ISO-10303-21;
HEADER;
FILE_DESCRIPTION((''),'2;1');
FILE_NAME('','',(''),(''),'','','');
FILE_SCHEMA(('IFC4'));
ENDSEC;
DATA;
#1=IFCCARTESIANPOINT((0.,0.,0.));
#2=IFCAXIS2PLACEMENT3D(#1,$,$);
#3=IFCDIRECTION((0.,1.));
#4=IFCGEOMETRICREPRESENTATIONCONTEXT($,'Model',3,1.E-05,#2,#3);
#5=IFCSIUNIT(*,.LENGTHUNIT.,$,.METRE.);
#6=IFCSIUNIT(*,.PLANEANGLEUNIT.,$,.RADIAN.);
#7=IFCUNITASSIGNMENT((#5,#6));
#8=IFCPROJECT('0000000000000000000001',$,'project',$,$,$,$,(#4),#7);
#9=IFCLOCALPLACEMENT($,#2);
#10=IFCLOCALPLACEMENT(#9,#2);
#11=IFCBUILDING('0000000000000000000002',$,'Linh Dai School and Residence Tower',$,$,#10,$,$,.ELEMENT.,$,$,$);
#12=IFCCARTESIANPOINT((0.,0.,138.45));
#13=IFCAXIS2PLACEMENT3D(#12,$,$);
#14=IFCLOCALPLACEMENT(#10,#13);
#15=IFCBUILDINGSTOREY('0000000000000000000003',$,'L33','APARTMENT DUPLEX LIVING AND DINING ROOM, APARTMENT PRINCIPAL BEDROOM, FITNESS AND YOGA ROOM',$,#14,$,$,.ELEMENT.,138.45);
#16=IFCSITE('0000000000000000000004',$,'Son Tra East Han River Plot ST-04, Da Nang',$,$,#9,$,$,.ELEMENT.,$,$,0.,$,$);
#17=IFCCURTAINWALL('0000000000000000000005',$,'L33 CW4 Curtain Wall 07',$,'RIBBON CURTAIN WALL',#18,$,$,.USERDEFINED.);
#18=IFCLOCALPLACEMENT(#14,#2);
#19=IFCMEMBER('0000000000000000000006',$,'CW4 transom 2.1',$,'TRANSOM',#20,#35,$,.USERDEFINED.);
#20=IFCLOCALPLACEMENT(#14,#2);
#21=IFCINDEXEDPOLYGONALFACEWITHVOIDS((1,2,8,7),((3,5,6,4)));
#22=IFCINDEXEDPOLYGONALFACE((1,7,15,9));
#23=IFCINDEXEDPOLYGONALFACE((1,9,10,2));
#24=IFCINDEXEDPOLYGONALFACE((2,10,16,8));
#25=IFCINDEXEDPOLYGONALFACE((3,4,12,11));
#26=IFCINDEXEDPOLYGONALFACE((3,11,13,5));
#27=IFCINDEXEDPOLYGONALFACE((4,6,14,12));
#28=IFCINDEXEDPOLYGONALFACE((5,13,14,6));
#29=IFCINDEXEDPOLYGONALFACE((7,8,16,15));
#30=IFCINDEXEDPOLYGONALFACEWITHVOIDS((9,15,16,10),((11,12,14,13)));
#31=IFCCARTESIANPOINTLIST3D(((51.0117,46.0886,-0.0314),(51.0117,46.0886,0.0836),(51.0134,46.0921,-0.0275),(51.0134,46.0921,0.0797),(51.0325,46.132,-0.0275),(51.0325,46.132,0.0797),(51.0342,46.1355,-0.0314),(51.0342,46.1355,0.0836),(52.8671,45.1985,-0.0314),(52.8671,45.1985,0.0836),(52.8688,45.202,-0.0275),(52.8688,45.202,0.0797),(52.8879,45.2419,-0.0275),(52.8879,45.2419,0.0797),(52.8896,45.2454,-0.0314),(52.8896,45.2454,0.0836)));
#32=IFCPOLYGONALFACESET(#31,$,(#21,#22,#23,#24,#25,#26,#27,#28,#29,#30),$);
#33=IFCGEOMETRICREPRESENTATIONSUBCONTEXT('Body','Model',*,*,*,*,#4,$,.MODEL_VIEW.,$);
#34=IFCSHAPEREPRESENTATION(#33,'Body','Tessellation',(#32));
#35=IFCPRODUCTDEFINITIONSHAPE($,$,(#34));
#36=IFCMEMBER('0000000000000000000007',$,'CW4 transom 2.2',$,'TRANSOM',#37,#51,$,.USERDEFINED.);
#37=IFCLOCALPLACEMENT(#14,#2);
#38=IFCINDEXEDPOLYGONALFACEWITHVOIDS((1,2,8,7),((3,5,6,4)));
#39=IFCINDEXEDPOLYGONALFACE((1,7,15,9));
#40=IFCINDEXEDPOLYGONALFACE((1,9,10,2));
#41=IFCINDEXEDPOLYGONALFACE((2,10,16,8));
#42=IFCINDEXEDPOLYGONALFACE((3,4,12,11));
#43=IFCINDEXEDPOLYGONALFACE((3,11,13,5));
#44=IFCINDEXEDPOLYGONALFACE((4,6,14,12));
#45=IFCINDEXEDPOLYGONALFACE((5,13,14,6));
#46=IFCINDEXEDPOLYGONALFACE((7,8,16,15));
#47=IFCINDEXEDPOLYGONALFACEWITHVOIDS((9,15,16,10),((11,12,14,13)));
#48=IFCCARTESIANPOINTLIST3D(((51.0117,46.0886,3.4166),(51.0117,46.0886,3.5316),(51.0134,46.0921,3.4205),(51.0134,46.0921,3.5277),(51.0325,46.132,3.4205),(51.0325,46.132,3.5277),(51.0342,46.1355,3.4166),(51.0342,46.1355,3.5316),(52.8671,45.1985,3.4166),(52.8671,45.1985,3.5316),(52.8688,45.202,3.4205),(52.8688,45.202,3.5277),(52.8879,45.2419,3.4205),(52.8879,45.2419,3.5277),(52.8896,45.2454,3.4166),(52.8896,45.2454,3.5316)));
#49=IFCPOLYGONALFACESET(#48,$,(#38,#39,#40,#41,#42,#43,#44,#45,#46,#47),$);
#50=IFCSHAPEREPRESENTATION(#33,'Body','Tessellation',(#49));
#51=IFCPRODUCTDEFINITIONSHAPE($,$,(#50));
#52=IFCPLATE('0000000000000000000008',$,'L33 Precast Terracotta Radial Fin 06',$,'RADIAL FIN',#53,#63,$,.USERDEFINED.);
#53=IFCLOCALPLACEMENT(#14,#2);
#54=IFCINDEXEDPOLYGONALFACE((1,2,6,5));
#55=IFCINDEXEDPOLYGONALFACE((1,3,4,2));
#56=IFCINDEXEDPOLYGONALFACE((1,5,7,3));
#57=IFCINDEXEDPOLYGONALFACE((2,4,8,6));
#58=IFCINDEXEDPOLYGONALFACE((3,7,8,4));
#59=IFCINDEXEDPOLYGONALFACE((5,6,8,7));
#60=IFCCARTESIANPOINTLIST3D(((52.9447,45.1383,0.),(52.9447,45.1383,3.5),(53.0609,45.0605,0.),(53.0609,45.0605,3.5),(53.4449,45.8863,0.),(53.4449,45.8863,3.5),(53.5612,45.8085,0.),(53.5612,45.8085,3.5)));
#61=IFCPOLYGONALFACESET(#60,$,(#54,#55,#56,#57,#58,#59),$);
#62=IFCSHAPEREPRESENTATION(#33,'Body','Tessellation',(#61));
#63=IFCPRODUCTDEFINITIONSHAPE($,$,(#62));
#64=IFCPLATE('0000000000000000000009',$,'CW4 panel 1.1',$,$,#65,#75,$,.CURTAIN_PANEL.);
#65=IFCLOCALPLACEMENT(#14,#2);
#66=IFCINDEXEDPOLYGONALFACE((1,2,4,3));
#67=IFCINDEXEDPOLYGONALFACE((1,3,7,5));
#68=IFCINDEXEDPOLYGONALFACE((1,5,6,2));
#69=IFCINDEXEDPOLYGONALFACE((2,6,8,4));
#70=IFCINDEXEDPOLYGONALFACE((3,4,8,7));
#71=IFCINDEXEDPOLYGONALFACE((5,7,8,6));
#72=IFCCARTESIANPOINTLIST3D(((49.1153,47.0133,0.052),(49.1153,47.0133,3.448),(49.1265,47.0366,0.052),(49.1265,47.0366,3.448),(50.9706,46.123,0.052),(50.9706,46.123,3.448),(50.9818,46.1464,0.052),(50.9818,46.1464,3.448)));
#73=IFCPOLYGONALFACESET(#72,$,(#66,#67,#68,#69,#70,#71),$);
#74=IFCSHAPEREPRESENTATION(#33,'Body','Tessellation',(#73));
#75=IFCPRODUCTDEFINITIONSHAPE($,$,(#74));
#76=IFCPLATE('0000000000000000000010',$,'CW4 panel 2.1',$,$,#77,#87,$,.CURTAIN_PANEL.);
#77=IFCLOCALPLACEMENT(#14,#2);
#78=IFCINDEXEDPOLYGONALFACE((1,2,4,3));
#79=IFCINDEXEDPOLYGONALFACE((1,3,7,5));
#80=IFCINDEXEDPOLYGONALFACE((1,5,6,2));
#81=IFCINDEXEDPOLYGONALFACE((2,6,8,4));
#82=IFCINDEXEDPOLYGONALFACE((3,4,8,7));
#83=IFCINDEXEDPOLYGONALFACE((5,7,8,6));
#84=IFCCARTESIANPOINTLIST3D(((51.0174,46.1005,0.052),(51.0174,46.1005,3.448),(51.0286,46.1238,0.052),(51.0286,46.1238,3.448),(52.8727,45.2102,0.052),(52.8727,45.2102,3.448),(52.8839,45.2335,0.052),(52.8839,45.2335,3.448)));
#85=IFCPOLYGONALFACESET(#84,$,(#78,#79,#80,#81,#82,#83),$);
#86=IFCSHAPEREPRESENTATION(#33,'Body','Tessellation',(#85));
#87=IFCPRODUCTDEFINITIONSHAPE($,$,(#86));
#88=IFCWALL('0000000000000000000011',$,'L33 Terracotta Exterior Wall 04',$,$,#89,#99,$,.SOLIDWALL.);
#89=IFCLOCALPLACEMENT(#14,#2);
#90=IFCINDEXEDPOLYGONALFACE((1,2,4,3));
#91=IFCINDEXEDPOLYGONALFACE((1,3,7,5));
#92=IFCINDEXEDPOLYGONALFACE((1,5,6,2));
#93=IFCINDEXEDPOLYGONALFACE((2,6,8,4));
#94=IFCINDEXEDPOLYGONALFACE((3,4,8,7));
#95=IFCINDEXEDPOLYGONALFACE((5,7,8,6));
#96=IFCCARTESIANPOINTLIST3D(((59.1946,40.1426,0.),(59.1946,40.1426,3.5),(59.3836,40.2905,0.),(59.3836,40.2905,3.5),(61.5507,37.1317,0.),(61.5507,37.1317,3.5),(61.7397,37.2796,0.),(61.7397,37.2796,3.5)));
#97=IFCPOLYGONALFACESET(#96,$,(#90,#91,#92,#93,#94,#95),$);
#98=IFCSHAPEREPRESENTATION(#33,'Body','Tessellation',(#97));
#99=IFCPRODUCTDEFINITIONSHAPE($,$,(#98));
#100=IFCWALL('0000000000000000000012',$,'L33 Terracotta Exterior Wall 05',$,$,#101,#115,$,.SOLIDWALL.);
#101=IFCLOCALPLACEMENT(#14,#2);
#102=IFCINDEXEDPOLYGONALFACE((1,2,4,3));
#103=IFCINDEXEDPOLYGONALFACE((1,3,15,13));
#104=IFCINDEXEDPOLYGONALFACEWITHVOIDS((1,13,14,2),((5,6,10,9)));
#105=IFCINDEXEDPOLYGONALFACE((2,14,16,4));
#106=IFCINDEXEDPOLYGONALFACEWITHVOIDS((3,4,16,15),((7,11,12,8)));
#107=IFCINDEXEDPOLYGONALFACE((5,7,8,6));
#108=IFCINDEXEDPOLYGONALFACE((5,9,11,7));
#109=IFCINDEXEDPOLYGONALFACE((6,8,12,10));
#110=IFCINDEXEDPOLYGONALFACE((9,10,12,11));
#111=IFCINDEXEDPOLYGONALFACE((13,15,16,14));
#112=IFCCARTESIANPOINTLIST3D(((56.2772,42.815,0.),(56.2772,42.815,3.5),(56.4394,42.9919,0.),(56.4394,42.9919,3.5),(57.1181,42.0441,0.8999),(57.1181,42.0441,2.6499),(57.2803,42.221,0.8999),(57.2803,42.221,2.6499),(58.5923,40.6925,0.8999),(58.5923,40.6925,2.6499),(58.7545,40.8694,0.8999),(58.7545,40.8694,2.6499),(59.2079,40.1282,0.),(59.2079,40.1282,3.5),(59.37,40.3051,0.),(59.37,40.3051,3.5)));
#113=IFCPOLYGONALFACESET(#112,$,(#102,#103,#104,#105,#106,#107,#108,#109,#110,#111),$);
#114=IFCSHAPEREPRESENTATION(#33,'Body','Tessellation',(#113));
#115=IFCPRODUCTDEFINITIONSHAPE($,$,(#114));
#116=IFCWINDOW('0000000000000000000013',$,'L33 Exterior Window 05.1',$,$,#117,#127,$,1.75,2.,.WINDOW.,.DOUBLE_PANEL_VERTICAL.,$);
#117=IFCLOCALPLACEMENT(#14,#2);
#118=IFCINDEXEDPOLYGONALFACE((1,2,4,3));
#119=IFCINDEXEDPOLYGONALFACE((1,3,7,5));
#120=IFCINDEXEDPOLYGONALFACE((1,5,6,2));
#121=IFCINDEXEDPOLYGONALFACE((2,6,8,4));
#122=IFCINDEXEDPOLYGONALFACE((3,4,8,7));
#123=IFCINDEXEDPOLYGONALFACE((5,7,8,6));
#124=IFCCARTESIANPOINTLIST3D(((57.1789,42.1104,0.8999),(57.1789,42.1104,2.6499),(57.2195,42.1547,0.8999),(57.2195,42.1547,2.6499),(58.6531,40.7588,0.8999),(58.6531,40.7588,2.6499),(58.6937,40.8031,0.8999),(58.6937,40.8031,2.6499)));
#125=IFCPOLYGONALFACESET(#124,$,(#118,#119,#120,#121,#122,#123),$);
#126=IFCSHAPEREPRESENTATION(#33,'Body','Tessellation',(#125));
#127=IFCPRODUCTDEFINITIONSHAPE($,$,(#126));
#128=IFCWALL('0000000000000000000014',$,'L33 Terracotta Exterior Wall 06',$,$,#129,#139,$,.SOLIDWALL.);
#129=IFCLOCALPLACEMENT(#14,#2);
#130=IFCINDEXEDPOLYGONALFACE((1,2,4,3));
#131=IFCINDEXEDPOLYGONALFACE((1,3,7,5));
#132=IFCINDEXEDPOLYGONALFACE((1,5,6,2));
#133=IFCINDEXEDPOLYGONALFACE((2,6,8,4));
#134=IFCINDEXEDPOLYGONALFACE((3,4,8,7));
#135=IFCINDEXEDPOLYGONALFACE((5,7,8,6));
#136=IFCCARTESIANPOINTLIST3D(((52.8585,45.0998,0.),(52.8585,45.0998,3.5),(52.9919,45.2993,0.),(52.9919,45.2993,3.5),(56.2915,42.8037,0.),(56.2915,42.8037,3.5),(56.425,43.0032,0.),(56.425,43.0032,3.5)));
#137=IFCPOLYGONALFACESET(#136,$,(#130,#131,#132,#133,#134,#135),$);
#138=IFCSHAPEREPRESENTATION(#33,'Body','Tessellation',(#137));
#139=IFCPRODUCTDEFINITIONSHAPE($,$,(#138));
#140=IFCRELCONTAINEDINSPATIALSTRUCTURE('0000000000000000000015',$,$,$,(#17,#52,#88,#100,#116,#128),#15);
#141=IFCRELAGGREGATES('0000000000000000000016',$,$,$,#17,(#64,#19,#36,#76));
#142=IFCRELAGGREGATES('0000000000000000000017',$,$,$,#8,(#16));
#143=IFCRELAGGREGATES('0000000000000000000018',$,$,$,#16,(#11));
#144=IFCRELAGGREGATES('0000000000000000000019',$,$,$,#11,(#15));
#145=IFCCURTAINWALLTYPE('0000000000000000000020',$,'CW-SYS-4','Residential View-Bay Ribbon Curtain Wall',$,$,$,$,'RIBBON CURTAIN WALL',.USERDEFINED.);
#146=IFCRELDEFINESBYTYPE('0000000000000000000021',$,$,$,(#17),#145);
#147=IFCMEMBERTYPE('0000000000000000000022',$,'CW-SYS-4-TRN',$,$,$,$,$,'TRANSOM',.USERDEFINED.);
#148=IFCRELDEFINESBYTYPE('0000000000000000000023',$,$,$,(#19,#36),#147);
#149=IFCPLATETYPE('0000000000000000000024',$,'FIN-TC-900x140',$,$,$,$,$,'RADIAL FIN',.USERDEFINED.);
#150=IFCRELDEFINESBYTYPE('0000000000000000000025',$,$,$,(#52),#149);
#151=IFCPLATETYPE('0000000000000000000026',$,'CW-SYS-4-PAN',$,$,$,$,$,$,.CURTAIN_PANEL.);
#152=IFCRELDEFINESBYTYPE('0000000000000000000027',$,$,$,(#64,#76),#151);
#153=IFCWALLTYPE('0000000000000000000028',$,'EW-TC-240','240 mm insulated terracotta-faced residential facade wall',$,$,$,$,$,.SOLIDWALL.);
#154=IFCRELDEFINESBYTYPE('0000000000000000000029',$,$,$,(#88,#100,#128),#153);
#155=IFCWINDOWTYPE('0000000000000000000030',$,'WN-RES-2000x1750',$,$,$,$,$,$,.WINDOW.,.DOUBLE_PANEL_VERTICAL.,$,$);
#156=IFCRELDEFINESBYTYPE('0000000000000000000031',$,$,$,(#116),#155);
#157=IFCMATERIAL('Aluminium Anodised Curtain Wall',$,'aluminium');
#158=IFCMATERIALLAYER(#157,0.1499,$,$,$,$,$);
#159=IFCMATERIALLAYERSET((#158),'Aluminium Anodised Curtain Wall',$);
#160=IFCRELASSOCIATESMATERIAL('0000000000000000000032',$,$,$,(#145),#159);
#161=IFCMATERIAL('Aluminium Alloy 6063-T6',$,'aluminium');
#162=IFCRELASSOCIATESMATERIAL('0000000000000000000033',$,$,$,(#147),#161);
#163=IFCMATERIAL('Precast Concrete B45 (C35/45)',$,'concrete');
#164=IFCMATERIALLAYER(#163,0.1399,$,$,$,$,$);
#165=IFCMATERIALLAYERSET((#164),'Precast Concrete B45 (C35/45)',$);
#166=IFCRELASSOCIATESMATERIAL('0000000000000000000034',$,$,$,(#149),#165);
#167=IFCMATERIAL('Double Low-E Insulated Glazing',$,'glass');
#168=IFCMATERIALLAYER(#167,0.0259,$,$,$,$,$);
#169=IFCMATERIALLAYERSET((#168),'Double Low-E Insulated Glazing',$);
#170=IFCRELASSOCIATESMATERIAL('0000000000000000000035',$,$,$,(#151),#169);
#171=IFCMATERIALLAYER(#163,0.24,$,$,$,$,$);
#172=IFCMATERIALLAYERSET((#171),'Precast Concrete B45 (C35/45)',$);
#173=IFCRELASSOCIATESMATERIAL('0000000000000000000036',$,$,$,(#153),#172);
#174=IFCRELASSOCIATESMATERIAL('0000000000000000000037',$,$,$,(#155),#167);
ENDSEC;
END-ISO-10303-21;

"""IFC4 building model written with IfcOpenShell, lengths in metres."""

from ifc_helpers import new_model, si_unit, direction, frame, frame_2d, origin, origin_2d, place, context, subcontext, project, spatial, rectangle, hollow_rectangle, extrude, source, transform, mapped, material, layer, layer_set, material_profile, profile_set, type_object, element, fill, aggregate, save


model = new_model("IFC4")

# Units and contexts
model_context = context("Model", 3, precision=1e-05, world=origin(), true_north=direction((0.0, 1.0)))
body_context = subcontext(model_context, "Body", "Model", "MODEL_VIEW")
ifc_project = project(units=[si_unit("LENGTHUNIT", "METRE"), si_unit("PLANEANGLEUNIT", "RADIAN")], contexts=[model_context])

# Site, building, storey
site_placement = place(None, origin())
site = spatial("IfcSite", under=ifc_project, at=site_placement, Name="Son Tra East Han River Plot ST-04, Da Nang", CompositionType="ELEMENT", RefElevation=0.0)
building_placement = place(site_placement, origin())
building = spatial("IfcBuilding", under=site, at=building_placement, Name="Linh Dai School and Residence Tower", CompositionType="ELEMENT")
storey_placement = place(building_placement, frame((0.0, 0.0, 138.45)))
storey = spatial("IfcBuildingStorey", under=building, at=storey_placement, Name="L33", Description="APARTMENT DUPLEX LIVING AND DINING ROOM, APARTMENT PRINCIPAL BEDROOM, FITNESS AND YOGA ROOM", CompositionType="ELEMENT", Elevation=138.45)

# Curtain wall, members
ifc_material_1 = material(Name="Aluminium Anodised Curtain Wall", Category="aluminium")
ifc_layer_1 = layer(ifc_material_1, 0.1499)
ifc_layer_set_1 = layer_set([ifc_layer_1], Name="Aluminium Anodised Curtain Wall")
curtain_wall_type = type_object("IfcCurtainWallType", Name="CW-SYS-4", Description="Residential View-Bay Ribbon Curtain Wall", ElementType="RIBBON CURTAIN WALL", PredefinedType="USERDEFINED", material=ifc_layer_set_1)
curtain_wall_placement = place(storey_placement, origin())
curtain_wall = element("IfcCurtainWall", 1, at=curtain_wall_placement, inside=storey, type_object=curtain_wall_type, Name="L33 CW4 Curtain Wall 07", ObjectType="RIBBON CURTAIN WALL", PredefinedType="USERDEFINED")
ifc_material_2 = material(Name="Aluminium Alloy 6063-T6", Category="aluminium")
ifc_material_profile_1 = material_profile(ifc_material_2, hollow_rectangle(XDim=0.052, YDim=0.115, WallThickness=0.0039, at=origin_2d()), Name="RHS 115x52x4")
ifc_profile_set_1 = profile_set([ifc_material_profile_1], Name="Aluminium Alloy 6063-T6")
member_type_1 = type_object("IfcMemberType", Name="CW-SYS-4-TRN", ElementType="TRANSOM", PredefinedType="USERDEFINED", material=ifc_profile_set_1)
shared_shape_1 = source(origin(), body_context, "Body", "SweptSolid", [
    extrude(hollow_rectangle(XDim=0.052, YDim=0.115, WallThickness=0.0039, at=origin_2d()), origin(), (0.0, 0.0, 1.0), 2.0579),
])
member_1_placement = place(storey_placement, frame((51.0229, 46.1121, 0.0261), z_axis=(0.901616, -0.432538, 0.0), x_axis=(0.432538, 0.901616, 0.0)))
member_1 = element("IfcMember", 2, at=member_1_placement, type_object=member_type_1, Name="CW4 transom 2.1", ObjectType="TRANSOM", PredefinedType="USERDEFINED", context=body_context, shape_type="MappedRepresentation", body=[
    mapped(shared_shape_1, transform((0.0, 0.0, 0.0), x_axis=(1.0, 0.0, 0.0), y_axis=(0.0, 1.0, 0.0), z_axis=(0.0, 0.0, 1.0), scale=1.0)),
])
member_2_placement = place(storey_placement, frame((51.0229, 46.1121, 3.4741), z_axis=(0.901616, -0.432538, 0.0), x_axis=(0.432538, 0.901616, 0.0)))
member_2 = element("IfcMember", 3, at=member_2_placement, type_object=member_type_1, Name="CW4 transom 2.2", ObjectType="TRANSOM", PredefinedType="USERDEFINED", context=body_context, shape_type="MappedRepresentation", body=[
    mapped(shared_shape_1, transform((0.0, 0.0, 0.0), x_axis=(1.0, 0.0, 0.0), y_axis=(0.0, 1.0, 0.0), z_axis=(0.0, 0.0, 1.0), scale=1.0)),
])

# Plates
ifc_material_3 = material(Name="Precast Concrete B45 (C35/45)", Category="concrete")
ifc_layer_2 = layer(ifc_material_3, 0.1399)
ifc_layer_set_2 = layer_set([ifc_layer_2], Name="Precast Concrete B45 (C35/45)")
plate_type_1 = type_object("IfcPlateType", Name="FIN-TC-900x140", ElementType="RADIAL FIN", PredefinedType="USERDEFINED", material=ifc_layer_set_2)
shared_shape_2 = source(origin(), body_context, "Body", "SweptSolid", [
    extrude(rectangle(XDim=0.8999, YDim=0.1399, at=origin_2d()), origin(), (0.0, 0.0, 1.0), 3.5),
])
plate_1_placement = place(storey_placement, frame((53.2529, 45.4734, 0.0), z_axis=(0.0, 0.0, 1.0), x_axis=(0.555913, 0.83124, 0.0)))
element("IfcPlate", 4, at=plate_1_placement, inside=storey, type_object=plate_type_1, Name="L33 Precast Terracotta Radial Fin 06", ObjectType="RADIAL FIN", PredefinedType="USERDEFINED", context=body_context, shape_type="MappedRepresentation", body=[
    mapped(shared_shape_2, transform((0.0, 0.0, 0.0), x_axis=(1.0, 0.0, 0.0), y_axis=(0.0, 1.0, 0.0), z_axis=(0.0, 0.0, 1.0), scale=1.0)),
])
ifc_material_4 = material(Name="Double Low-E Insulated Glazing", Category="glass")
ifc_layer_3 = layer(ifc_material_4, 0.0259)
ifc_layer_set_3 = layer_set([ifc_layer_3], Name="Double Low-E Insulated Glazing")
plate_type_2 = type_object("IfcPlateType", Name="CW-SYS-4-PAN", PredefinedType="CURTAIN_PANEL", material=ifc_layer_set_3)
shared_shape_3 = source(origin(), body_context, "Body", "SweptSolid", [
    extrude(rectangle(XDim=2.0579, YDim=0.0259, at=origin_2d()), origin(), (0.0, 0.0, 1.0), 3.396),
])
plate_2_placement = place(storey_placement, frame((50.0486, 46.5798, 0.052), z_axis=(0.0, 0.0, 1.0), x_axis=(0.901578, -0.432618, 0.0)))
plate_2 = element("IfcPlate", 5, at=plate_2_placement, type_object=plate_type_2, Name="CW4 panel 1.1", PredefinedType="CURTAIN_PANEL", context=body_context, shape_type="MappedRepresentation", body=[
    mapped(shared_shape_3, transform((0.0, 0.0, 0.0), x_axis=(1.0, 0.0, 0.0), y_axis=(0.0, 1.0, 0.0), z_axis=(0.0, 0.0, 1.0), scale=1.0)),
])
plate_3_placement = place(storey_placement, frame((51.9507, 45.667, 0.052), z_axis=(0.0, 0.0, 1.0), x_axis=(0.901578, -0.432618, 0.0)))
plate_3 = element("IfcPlate", 6, at=plate_3_placement, type_object=plate_type_2, Name="CW4 panel 2.1", PredefinedType="CURTAIN_PANEL", context=body_context, shape_type="MappedRepresentation", body=[
    mapped(shared_shape_3, transform((0.0, 0.0, 0.0), x_axis=(1.0, 0.0, 0.0), y_axis=(0.0, 1.0, 0.0), z_axis=(0.0, 0.0, 1.0), scale=1.0)),
])
aggregate(curtain_wall, [plate_2, member_1, member_2, plate_3])

# Wall
ifc_layer_4 = layer(ifc_material_3, 0.24)
ifc_layer_set_4 = layer_set([ifc_layer_4], Name="Precast Concrete B45 (C35/45)")
wall_type_1 = type_object("IfcWallType", Name="EW-TC-240", Description="240 mm insulated terracotta-faced residential facade wall", PredefinedType="SOLIDWALL", material=ifc_layer_set_4)
wall_1_placement = place(storey_placement, frame((59.2891, 40.2166, 0.0), z_axis=(0.0, 0.0, 1.0), x_axis=(0.616272, -0.787533, 0.0)))
element("IfcWall", 7, at=wall_1_placement, inside=storey, type_object=wall_type_1, Name="L33 Terracotta Exterior Wall 04", PredefinedType="SOLIDWALL", context=body_context, shape_type="SweptSolid", body=[
    extrude(rectangle(XDim=3.8232, YDim=0.24, at=frame_2d((1.9116, 0.0))), origin(), (0.0, 0.0, 1.0), 3.5),
])

# Wall, opening, window
wall_2_placement = place(storey_placement, frame((56.3584, 42.9033, 0.0), z_axis=(0.0, 0.0, 1.0), x_axis=(0.737113, -0.675769, 0.0)))
wall_2 = element("IfcWall", 8, at=wall_2_placement, inside=storey, type_object=wall_type_1, Name="L33 Terracotta Exterior Wall 05", PredefinedType="SOLIDWALL", context=body_context, shape_type="SweptSolid", body=[
    extrude(rectangle(XDim=3.9758, YDim=0.24, at=frame_2d((1.9878, 0.0))), origin(), (0.0, 0.0, 1.0), 3.5),
])
opening_1_placement = place(wall_2_placement, frame((1.1406, 0.0, 0.8999)))
opening_1 = element("IfcOpeningElement", 9, at=opening_1_placement, cuts=wall_2, PredefinedType="OPENING", context=body_context, shape_type="SweptSolid", body=[
    extrude(rectangle(XDim=2.0, YDim=1.75, at=origin_2d()), frame((1.0, 0.1299, 0.875), z_axis=(0.0, -1.0, 0.0), x_axis=(1.0, 0.0, 0.0)), (0.0, 0.0, 1.0), 0.26),
])
window_type = type_object("IfcWindowType", Name="WN-RES-2000x1750", PartitioningType="DOUBLE_PANEL_VERTICAL", PredefinedType="WINDOW", material=ifc_material_4)
shared_shape_4 = source(origin(), body_context, "Body", "SweptSolid", [
    extrude(rectangle(XDim=2.0, YDim=1.75, at=origin_2d()), frame((1.0, 0.03, 0.875), z_axis=(0.0, -1.0, 0.0), x_axis=(1.0, 0.0, 0.0)), (0.0, 0.0, 1.0), 0.0601),
])
window_placement = place(opening_1_placement, origin())
window = element("IfcWindow", 10, at=window_placement, inside=storey, type_object=window_type, Name="L33 Exterior Window 05.1", OverallHeight=1.75, OverallWidth=2.0, PartitioningType="DOUBLE_PANEL_VERTICAL", PredefinedType="WINDOW", context=body_context, shape_type="MappedRepresentation", body=[
    mapped(shared_shape_4, transform((0.0, 0.0, 0.0), x_axis=(1.0, 0.0, 0.0), y_axis=(0.0, 1.0, 0.0), z_axis=(0.0, 0.0, 1.0), scale=1.0)),
])
fill(opening_1, window)

# Wall
wall_3_placement = place(storey_placement, frame((52.9253, 45.1995, 0.0), z_axis=(0.0, 0.0, 1.0), x_axis=(0.831222, -0.555941, 0.0)))
element("IfcWall", 11, at=wall_3_placement, inside=storey, type_object=wall_type_1, Name="L33 Terracotta Exterior Wall 06", PredefinedType="SOLIDWALL", context=body_context, shape_type="SweptSolid", body=[
    extrude(rectangle(XDim=4.1301, YDim=0.24, at=frame_2d((2.0649, 0.0))), origin(), (0.0, 0.0, 1.0), 3.5),
])

save(model, "model.ifc")
